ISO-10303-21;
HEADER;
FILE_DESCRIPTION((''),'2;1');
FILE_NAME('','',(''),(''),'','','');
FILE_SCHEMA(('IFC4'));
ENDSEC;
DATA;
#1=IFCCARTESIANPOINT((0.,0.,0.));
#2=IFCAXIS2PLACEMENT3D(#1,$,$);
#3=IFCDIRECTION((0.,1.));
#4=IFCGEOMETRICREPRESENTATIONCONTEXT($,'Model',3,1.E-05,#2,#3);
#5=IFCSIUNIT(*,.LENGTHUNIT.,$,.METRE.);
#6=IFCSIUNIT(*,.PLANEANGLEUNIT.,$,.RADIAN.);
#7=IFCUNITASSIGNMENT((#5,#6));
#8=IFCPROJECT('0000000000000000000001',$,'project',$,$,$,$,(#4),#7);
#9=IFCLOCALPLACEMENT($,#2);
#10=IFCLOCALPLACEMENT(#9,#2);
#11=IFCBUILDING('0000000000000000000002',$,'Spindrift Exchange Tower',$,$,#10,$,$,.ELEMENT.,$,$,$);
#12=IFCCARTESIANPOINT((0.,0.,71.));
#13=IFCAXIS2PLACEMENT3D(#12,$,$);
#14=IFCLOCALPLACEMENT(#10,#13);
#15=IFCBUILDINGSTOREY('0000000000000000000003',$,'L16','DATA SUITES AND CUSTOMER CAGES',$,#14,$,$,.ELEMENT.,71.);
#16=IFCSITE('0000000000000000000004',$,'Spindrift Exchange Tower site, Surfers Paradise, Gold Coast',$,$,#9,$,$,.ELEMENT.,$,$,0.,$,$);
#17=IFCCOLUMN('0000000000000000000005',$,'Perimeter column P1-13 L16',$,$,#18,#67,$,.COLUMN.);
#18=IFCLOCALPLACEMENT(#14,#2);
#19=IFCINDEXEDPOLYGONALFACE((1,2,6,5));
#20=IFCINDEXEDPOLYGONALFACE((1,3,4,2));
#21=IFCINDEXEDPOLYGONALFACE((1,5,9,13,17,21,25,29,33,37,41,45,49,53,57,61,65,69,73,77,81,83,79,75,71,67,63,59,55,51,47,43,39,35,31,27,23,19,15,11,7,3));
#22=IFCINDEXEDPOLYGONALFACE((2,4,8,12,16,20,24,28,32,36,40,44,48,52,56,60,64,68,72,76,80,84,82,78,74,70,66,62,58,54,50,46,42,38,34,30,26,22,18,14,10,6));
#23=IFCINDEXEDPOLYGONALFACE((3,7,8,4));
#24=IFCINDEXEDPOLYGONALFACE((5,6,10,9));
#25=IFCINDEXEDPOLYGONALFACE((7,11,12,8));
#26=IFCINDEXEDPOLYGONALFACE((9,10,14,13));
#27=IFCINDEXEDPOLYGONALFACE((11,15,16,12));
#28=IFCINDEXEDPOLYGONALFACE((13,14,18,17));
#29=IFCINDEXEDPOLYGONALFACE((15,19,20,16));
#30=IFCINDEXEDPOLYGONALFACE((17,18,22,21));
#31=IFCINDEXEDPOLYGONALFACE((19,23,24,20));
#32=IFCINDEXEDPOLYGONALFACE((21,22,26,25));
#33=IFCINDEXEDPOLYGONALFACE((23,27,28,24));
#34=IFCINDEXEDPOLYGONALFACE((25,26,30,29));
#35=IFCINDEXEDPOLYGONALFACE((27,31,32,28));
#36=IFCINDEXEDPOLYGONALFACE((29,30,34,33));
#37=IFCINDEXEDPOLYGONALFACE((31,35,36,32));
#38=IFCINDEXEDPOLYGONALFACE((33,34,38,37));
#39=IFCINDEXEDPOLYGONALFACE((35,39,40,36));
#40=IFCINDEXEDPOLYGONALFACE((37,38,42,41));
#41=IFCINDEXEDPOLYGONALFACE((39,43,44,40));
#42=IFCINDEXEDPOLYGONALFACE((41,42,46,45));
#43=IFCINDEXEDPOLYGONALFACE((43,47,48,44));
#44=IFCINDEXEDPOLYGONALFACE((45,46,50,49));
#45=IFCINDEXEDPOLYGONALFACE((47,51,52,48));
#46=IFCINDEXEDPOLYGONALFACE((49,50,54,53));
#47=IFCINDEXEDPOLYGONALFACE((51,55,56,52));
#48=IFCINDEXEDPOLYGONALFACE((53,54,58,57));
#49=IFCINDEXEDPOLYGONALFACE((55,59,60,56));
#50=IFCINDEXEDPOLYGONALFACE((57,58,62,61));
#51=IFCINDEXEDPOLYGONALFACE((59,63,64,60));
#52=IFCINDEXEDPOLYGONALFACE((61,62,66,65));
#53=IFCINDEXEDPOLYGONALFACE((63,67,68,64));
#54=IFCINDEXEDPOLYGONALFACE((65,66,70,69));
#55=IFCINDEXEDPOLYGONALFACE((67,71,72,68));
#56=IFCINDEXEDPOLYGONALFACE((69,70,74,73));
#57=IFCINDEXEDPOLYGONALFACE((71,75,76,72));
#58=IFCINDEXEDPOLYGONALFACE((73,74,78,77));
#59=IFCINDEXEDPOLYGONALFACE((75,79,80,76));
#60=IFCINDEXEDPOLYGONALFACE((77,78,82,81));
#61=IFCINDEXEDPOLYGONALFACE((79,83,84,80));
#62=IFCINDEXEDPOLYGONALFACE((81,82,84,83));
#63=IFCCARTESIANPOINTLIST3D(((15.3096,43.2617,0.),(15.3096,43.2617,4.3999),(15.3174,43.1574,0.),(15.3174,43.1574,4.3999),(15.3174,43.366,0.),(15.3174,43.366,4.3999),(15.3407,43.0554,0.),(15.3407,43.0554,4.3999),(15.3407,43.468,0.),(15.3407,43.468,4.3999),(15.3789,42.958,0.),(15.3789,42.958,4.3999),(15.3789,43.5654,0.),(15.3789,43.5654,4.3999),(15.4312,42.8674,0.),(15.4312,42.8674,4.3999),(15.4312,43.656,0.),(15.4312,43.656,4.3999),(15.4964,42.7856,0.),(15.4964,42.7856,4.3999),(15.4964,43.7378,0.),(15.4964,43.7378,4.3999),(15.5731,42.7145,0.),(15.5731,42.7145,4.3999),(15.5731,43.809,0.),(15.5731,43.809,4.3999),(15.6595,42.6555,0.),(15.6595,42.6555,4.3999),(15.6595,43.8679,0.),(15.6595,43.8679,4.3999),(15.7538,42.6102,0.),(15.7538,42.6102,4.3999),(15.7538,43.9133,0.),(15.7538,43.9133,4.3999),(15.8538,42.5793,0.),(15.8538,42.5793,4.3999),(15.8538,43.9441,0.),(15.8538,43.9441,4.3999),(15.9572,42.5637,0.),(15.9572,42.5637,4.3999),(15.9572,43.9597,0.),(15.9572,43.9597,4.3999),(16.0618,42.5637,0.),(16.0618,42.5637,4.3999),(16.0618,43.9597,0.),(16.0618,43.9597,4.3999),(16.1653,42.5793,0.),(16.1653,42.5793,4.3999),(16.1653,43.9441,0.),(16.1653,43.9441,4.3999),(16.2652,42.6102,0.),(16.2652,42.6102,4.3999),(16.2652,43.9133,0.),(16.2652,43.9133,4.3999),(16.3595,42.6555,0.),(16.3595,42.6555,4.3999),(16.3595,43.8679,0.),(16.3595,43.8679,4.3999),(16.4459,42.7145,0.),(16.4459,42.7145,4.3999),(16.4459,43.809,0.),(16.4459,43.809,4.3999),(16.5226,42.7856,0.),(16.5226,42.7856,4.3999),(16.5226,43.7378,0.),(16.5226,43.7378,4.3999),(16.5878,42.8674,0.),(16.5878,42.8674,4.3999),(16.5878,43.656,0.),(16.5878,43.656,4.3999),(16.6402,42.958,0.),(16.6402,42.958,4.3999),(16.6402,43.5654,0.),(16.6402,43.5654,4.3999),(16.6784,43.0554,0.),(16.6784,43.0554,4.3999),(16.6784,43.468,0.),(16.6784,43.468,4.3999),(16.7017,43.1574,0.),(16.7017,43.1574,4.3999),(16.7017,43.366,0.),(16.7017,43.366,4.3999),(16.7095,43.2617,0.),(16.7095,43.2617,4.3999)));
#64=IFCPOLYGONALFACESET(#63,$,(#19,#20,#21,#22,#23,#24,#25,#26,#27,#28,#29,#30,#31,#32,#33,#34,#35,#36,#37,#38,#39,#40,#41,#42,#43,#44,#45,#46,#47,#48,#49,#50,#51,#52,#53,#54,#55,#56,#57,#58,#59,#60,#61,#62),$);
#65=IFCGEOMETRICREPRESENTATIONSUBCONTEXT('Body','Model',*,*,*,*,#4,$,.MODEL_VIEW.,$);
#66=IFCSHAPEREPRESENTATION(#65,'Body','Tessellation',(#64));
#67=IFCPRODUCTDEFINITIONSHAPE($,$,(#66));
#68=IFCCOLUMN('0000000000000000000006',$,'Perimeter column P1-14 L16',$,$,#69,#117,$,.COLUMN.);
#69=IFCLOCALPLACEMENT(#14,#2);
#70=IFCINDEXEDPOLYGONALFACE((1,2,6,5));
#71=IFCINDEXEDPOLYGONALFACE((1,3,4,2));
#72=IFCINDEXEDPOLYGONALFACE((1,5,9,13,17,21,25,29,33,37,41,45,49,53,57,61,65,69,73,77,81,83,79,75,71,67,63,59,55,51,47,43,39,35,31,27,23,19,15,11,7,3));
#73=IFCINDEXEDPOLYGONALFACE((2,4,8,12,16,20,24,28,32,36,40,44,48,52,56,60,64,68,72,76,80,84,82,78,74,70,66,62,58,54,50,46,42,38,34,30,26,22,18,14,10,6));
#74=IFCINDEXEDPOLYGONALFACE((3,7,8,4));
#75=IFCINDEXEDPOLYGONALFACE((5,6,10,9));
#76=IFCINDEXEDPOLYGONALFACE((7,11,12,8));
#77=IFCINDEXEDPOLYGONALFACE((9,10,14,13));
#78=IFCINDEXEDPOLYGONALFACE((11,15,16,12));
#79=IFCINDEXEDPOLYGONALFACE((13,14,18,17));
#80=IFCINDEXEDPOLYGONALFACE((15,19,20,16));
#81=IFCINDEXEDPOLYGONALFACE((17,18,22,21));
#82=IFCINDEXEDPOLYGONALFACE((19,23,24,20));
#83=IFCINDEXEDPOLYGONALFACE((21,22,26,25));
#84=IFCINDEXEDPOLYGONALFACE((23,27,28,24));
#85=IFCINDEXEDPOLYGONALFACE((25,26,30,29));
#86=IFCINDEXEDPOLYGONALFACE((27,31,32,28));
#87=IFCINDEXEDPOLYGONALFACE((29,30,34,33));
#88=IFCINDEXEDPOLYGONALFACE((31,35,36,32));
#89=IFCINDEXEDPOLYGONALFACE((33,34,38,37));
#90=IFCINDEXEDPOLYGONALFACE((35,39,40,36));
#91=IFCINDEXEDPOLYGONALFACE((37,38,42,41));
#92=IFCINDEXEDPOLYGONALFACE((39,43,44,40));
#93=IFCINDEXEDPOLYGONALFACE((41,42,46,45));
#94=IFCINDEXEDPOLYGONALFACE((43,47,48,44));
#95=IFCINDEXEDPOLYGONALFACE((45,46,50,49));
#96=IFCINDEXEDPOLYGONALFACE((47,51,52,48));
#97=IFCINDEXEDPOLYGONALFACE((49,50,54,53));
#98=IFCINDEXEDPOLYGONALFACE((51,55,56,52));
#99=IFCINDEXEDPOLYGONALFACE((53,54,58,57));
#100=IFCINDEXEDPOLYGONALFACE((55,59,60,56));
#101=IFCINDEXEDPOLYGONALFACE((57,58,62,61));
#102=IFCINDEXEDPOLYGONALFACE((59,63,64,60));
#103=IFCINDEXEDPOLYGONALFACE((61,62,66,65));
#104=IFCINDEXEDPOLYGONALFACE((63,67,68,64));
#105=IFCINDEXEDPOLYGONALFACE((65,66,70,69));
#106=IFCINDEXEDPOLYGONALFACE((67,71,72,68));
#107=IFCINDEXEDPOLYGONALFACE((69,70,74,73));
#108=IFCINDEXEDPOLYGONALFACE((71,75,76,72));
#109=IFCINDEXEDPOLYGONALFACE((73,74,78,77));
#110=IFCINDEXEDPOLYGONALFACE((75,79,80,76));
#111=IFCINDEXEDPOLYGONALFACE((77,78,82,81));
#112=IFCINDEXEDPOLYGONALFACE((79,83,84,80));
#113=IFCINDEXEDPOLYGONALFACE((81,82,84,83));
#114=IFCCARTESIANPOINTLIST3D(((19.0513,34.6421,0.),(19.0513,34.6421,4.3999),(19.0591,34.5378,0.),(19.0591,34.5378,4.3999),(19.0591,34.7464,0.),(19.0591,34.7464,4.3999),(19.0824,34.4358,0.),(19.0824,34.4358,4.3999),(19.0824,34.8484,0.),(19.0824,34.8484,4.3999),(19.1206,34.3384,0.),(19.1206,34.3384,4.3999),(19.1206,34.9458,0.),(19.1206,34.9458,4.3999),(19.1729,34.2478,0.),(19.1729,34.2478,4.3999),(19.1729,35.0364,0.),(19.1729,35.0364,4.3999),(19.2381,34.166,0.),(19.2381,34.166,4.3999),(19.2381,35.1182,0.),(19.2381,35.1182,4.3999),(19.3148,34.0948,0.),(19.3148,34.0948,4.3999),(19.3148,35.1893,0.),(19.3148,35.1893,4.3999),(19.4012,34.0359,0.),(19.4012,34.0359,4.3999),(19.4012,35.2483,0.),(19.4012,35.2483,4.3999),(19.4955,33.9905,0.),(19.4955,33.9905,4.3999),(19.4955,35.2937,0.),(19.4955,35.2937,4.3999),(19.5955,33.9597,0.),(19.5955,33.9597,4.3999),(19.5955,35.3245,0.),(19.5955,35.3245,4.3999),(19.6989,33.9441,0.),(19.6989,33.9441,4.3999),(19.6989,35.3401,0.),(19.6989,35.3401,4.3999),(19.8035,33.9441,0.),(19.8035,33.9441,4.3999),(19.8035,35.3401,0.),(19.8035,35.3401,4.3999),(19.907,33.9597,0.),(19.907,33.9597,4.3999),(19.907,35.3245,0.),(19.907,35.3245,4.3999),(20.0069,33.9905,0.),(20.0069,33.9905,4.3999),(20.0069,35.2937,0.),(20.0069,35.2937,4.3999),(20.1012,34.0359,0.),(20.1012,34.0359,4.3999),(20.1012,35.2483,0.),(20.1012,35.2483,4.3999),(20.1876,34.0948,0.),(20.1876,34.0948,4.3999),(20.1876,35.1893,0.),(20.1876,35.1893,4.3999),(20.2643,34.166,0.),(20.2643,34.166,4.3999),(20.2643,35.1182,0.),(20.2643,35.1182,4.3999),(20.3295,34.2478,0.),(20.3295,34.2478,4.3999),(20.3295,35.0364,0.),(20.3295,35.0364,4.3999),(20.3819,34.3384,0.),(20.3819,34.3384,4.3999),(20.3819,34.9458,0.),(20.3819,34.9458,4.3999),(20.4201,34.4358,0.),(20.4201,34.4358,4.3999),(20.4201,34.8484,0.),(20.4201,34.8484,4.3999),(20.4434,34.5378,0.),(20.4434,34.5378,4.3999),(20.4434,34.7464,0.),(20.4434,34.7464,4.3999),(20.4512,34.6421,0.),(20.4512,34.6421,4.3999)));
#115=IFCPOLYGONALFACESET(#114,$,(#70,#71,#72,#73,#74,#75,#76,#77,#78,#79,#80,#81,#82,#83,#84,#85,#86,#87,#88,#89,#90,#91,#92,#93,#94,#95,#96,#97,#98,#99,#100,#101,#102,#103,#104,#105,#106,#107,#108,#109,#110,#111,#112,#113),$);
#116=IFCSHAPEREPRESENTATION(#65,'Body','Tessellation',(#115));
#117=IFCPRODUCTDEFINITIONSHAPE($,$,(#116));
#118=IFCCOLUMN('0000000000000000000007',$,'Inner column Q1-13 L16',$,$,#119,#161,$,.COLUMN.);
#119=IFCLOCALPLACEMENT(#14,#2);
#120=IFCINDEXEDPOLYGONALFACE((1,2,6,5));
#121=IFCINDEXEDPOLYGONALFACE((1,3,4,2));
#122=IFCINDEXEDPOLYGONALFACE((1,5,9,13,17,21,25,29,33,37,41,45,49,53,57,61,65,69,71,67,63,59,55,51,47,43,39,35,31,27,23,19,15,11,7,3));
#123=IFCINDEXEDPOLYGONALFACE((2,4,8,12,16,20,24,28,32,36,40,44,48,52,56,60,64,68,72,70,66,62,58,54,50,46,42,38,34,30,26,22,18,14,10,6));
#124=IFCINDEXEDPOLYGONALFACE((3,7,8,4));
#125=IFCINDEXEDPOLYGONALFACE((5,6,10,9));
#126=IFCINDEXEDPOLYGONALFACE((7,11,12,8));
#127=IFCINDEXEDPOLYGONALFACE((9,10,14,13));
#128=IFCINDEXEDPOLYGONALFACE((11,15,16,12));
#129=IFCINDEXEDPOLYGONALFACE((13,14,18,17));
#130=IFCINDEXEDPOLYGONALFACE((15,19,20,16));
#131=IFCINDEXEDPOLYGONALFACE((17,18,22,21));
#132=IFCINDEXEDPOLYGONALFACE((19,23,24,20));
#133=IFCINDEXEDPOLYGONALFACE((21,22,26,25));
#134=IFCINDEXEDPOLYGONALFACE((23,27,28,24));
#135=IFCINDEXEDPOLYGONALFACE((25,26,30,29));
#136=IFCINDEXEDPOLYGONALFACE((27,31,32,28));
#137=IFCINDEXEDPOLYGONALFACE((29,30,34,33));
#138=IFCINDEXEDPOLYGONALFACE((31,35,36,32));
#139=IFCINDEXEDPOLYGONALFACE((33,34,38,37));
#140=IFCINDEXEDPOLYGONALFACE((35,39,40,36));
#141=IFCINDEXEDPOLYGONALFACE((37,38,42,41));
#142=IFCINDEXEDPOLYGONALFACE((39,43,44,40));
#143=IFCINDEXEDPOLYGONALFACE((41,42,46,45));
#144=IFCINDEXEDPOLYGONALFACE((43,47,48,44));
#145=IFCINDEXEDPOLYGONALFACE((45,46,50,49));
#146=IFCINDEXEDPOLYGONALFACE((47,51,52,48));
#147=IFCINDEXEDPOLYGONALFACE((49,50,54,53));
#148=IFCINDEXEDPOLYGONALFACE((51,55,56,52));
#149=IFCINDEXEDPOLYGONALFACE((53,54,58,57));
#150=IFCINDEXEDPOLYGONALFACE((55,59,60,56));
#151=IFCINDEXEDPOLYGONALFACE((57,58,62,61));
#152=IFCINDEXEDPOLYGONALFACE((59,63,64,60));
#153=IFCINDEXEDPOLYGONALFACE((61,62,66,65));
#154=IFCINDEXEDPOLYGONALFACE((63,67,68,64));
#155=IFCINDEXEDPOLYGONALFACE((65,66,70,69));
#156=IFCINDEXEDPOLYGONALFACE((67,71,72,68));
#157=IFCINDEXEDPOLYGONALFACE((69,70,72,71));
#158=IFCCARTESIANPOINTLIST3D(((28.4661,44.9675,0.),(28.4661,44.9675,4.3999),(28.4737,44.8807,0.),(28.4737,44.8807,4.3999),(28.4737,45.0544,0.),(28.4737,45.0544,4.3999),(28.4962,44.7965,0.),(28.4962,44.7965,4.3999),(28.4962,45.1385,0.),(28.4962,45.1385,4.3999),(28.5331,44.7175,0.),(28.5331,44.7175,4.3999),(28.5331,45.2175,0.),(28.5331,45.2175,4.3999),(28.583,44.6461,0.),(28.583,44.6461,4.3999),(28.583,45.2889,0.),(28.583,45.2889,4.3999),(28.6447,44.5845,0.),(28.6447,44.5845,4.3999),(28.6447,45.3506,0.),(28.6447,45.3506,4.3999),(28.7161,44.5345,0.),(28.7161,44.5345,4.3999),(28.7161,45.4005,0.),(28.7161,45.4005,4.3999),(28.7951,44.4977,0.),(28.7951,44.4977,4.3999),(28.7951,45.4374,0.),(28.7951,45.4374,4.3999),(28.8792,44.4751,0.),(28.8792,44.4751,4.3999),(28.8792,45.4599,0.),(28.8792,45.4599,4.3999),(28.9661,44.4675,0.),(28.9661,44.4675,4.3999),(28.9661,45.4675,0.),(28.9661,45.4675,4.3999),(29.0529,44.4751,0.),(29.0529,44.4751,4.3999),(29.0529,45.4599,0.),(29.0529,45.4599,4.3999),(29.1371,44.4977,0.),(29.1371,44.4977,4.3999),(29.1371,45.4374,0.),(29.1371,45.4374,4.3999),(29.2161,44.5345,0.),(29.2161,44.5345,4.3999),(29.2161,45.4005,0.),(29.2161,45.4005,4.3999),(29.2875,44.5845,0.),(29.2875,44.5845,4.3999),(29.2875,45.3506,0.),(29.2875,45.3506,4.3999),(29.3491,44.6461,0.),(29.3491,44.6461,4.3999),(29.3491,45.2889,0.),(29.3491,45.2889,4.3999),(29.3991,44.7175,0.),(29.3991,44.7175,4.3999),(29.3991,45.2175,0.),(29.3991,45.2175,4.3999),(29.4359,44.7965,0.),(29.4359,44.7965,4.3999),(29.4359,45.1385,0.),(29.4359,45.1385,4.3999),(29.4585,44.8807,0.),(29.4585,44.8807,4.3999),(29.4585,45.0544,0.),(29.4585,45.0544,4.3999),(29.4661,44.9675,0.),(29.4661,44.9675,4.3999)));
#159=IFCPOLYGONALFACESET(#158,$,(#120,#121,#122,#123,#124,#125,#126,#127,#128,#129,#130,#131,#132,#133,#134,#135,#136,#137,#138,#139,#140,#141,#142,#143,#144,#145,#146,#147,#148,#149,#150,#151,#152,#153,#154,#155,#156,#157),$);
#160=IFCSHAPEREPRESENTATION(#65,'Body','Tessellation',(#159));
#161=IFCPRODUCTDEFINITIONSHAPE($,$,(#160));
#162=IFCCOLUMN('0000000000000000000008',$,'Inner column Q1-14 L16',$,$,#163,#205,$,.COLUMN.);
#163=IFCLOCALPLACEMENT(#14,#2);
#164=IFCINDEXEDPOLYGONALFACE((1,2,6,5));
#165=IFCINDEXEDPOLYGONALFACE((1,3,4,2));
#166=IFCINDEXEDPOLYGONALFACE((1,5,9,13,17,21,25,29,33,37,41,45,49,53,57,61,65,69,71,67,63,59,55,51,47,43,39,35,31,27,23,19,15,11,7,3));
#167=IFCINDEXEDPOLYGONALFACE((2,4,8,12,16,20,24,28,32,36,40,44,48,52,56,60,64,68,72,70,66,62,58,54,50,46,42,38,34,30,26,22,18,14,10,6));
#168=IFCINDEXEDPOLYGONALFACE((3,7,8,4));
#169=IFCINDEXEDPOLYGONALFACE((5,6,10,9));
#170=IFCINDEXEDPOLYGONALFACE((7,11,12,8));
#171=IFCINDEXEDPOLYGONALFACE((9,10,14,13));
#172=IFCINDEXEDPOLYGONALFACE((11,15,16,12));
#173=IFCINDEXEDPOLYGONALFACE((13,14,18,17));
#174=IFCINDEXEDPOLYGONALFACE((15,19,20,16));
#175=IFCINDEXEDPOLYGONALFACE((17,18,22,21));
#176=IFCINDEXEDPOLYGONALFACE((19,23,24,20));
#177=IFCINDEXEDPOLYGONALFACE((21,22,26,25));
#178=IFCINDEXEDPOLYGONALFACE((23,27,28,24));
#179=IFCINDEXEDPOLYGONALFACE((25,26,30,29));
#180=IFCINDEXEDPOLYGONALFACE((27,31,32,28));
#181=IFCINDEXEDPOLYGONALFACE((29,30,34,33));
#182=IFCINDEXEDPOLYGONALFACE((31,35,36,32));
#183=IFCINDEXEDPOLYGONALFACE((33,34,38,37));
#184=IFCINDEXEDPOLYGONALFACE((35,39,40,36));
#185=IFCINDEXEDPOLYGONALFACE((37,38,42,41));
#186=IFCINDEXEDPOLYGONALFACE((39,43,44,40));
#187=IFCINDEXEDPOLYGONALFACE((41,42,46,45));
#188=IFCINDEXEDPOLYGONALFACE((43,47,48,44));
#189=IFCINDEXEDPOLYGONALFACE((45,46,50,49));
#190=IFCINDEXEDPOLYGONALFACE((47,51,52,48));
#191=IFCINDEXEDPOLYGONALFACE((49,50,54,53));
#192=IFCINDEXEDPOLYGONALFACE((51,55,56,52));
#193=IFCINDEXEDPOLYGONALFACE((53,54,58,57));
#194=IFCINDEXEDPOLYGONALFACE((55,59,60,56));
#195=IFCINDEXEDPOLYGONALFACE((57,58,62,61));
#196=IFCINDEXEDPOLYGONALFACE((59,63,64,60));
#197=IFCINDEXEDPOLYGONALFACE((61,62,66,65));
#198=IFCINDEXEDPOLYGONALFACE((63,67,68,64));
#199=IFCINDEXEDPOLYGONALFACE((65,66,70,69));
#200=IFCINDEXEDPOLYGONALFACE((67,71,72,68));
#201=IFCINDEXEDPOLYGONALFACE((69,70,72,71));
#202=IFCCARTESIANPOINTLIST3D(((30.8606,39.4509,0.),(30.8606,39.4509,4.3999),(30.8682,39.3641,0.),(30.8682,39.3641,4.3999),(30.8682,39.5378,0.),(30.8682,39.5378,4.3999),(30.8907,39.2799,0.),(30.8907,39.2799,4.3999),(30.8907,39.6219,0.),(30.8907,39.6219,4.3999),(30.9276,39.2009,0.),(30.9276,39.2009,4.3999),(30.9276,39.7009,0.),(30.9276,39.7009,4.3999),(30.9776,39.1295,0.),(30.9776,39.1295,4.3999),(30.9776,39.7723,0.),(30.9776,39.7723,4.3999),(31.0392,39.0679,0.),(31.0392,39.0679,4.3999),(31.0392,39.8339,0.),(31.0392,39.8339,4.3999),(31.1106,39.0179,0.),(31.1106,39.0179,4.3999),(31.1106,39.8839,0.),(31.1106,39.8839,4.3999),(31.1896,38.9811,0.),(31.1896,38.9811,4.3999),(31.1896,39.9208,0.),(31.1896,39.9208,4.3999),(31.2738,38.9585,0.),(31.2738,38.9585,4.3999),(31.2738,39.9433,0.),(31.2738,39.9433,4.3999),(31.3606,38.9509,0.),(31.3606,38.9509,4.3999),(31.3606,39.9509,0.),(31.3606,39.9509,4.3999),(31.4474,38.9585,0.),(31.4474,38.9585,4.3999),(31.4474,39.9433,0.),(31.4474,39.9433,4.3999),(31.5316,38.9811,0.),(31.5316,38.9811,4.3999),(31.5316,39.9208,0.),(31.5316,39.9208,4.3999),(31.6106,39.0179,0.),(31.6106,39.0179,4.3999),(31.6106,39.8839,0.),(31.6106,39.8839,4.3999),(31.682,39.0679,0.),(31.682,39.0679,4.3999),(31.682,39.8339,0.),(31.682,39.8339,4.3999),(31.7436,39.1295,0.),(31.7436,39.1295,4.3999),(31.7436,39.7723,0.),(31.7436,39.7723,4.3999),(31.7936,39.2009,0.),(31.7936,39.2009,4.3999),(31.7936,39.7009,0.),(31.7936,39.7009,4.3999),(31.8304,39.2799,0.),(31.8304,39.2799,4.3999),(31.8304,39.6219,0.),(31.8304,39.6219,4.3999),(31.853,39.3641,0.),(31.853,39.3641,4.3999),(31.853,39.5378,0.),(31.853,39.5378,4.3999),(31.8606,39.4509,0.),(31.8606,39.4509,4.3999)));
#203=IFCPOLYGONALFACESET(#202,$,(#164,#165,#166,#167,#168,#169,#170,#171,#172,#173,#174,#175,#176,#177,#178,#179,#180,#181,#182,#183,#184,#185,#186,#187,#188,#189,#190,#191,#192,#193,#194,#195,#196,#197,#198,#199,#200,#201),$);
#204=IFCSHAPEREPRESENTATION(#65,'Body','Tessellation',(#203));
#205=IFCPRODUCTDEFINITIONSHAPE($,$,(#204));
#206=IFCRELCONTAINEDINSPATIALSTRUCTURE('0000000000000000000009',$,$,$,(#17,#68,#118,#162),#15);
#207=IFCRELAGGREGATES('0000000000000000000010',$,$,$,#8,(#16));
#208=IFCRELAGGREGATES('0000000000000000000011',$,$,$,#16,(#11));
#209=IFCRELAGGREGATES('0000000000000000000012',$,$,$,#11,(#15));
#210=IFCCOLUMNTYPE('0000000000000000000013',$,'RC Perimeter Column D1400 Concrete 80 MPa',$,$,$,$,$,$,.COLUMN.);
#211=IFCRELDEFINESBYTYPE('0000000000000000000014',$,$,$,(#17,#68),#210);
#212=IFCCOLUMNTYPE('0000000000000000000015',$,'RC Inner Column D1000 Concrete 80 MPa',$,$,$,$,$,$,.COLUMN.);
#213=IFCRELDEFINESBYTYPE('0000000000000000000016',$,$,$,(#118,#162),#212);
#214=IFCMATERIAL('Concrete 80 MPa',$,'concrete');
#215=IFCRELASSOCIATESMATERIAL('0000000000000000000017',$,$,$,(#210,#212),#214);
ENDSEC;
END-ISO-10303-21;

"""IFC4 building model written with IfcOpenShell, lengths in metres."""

from ifc_helpers import new_model, si_unit, direction, frame, origin, origin_2d, place, context, subcontext, project, spatial, circle, extrude, source, transform, mapped, material, material_profile, profile_set, type_object, element, save


model = new_model("IFC4")

# Units and contexts
model_context = context("Model", 3, precision=1e-05, world=origin(), true_north=direction((0.0, 1.0)))
body_context = subcontext(model_context, "Body", "Model", "MODEL_VIEW")
ifc_project = project(units=[si_unit("LENGTHUNIT", "METRE"), si_unit("PLANEANGLEUNIT", "RADIAN")], contexts=[model_context])

# Site, building, storey
site_placement = place(None, origin())
site = spatial("IfcSite", under=ifc_project, at=site_placement, Name="Spindrift Exchange Tower site, Surfers Paradise, Gold Coast", CompositionType="ELEMENT", RefElevation=0.0)
building_placement = place(site_placement, origin())
building = spatial("IfcBuilding", under=site, at=building_placement, Name="Spindrift Exchange Tower", CompositionType="ELEMENT")
storey_placement = place(building_placement, frame((0.0, 0.0, 71.0)))
storey = spatial("IfcBuildingStorey", under=building, at=storey_placement, Name="L16", Description="DATA SUITES AND CUSTOMER CAGES", CompositionType="ELEMENT", Elevation=71.0)

# Columns
ifc_material_1 = material(Name="Concrete 80 MPa", Category="concrete")
ifc_material_profile_1 = material_profile(ifc_material_1, circle(Radius=0.7, at=origin_2d()), Name="RC D1400")
ifc_profile_set_1 = profile_set([ifc_material_profile_1], Name="Concrete 80 MPa")
column_type_1 = type_object("IfcColumnType", Name="RC Perimeter Column D1400 Concrete 80 MPa", PredefinedType="COLUMN", material=ifc_profile_set_1)
shared_shape_1 = source(origin(), body_context, "Body", "SweptSolid", [
    extrude(circle(Radius=0.7, at=origin_2d()), origin(), (0.0, 0.0, 1.0), 4.3999),
])
for number, where, z_axis, x_axis, name in (
    (1, (16.0095, 43.2617, 0.0), (0.0, 0.0, 1.0), (1.0, 0.0, 0.0), "Perimeter column P1-13 L16"),
    (2, (19.7512, 34.6421, 0.0), (0.0, 0.0, 1.0), (1.0, 0.0, 0.0), "Perimeter column P1-14 L16"),
):
    element("IfcColumn", number, at=place(storey_placement, frame(where, z_axis=z_axis, x_axis=x_axis)), inside=storey, type_object=column_type_1, Name=name, PredefinedType="COLUMN", context=body_context, shape_type="MappedRepresentation", body=[
        mapped(shared_shape_1, transform((0.0, 0.0, 0.0), scale=1.0)),
    ])
ifc_material_profile_2 = material_profile(ifc_material_1, circle(Radius=0.5, at=origin_2d()), Name="RC D1000")
ifc_profile_set_2 = profile_set([ifc_material_profile_2], Name="Concrete 80 MPa")
column_type_2 = type_object("IfcColumnType", Name="RC Inner Column D1000 Concrete 80 MPa", PredefinedType="COLUMN", material=ifc_profile_set_2)
shared_shape_2 = source(origin(), body_context, "Body", "SweptSolid", [
    extrude(circle(Radius=0.5, at=origin_2d()), origin(), (0.0, 0.0, 1.0), 4.3999),
])
for number, where, z_axis, x_axis, name in (
    (3, (28.9661, 44.9675, 0.0), (0.0, 0.0, 1.0), (1.0, 0.0, 0.0), "Inner column Q1-13 L16"),
    (4, (31.3606, 39.4509, 0.0), (0.0, 0.0, 1.0), (1.0, 0.0, 0.0), "Inner column Q1-14 L16"),
):
    element("IfcColumn", number, at=place(storey_placement, frame(where, z_axis=z_axis, x_axis=x_axis)), inside=storey, type_object=column_type_2, Name=name, PredefinedType="COLUMN", context=body_context, shape_type="MappedRepresentation", body=[
        mapped(shared_shape_2, transform((0.0, 0.0, 0.0), scale=1.0)),
    ])

save(model, "model.ifc")
